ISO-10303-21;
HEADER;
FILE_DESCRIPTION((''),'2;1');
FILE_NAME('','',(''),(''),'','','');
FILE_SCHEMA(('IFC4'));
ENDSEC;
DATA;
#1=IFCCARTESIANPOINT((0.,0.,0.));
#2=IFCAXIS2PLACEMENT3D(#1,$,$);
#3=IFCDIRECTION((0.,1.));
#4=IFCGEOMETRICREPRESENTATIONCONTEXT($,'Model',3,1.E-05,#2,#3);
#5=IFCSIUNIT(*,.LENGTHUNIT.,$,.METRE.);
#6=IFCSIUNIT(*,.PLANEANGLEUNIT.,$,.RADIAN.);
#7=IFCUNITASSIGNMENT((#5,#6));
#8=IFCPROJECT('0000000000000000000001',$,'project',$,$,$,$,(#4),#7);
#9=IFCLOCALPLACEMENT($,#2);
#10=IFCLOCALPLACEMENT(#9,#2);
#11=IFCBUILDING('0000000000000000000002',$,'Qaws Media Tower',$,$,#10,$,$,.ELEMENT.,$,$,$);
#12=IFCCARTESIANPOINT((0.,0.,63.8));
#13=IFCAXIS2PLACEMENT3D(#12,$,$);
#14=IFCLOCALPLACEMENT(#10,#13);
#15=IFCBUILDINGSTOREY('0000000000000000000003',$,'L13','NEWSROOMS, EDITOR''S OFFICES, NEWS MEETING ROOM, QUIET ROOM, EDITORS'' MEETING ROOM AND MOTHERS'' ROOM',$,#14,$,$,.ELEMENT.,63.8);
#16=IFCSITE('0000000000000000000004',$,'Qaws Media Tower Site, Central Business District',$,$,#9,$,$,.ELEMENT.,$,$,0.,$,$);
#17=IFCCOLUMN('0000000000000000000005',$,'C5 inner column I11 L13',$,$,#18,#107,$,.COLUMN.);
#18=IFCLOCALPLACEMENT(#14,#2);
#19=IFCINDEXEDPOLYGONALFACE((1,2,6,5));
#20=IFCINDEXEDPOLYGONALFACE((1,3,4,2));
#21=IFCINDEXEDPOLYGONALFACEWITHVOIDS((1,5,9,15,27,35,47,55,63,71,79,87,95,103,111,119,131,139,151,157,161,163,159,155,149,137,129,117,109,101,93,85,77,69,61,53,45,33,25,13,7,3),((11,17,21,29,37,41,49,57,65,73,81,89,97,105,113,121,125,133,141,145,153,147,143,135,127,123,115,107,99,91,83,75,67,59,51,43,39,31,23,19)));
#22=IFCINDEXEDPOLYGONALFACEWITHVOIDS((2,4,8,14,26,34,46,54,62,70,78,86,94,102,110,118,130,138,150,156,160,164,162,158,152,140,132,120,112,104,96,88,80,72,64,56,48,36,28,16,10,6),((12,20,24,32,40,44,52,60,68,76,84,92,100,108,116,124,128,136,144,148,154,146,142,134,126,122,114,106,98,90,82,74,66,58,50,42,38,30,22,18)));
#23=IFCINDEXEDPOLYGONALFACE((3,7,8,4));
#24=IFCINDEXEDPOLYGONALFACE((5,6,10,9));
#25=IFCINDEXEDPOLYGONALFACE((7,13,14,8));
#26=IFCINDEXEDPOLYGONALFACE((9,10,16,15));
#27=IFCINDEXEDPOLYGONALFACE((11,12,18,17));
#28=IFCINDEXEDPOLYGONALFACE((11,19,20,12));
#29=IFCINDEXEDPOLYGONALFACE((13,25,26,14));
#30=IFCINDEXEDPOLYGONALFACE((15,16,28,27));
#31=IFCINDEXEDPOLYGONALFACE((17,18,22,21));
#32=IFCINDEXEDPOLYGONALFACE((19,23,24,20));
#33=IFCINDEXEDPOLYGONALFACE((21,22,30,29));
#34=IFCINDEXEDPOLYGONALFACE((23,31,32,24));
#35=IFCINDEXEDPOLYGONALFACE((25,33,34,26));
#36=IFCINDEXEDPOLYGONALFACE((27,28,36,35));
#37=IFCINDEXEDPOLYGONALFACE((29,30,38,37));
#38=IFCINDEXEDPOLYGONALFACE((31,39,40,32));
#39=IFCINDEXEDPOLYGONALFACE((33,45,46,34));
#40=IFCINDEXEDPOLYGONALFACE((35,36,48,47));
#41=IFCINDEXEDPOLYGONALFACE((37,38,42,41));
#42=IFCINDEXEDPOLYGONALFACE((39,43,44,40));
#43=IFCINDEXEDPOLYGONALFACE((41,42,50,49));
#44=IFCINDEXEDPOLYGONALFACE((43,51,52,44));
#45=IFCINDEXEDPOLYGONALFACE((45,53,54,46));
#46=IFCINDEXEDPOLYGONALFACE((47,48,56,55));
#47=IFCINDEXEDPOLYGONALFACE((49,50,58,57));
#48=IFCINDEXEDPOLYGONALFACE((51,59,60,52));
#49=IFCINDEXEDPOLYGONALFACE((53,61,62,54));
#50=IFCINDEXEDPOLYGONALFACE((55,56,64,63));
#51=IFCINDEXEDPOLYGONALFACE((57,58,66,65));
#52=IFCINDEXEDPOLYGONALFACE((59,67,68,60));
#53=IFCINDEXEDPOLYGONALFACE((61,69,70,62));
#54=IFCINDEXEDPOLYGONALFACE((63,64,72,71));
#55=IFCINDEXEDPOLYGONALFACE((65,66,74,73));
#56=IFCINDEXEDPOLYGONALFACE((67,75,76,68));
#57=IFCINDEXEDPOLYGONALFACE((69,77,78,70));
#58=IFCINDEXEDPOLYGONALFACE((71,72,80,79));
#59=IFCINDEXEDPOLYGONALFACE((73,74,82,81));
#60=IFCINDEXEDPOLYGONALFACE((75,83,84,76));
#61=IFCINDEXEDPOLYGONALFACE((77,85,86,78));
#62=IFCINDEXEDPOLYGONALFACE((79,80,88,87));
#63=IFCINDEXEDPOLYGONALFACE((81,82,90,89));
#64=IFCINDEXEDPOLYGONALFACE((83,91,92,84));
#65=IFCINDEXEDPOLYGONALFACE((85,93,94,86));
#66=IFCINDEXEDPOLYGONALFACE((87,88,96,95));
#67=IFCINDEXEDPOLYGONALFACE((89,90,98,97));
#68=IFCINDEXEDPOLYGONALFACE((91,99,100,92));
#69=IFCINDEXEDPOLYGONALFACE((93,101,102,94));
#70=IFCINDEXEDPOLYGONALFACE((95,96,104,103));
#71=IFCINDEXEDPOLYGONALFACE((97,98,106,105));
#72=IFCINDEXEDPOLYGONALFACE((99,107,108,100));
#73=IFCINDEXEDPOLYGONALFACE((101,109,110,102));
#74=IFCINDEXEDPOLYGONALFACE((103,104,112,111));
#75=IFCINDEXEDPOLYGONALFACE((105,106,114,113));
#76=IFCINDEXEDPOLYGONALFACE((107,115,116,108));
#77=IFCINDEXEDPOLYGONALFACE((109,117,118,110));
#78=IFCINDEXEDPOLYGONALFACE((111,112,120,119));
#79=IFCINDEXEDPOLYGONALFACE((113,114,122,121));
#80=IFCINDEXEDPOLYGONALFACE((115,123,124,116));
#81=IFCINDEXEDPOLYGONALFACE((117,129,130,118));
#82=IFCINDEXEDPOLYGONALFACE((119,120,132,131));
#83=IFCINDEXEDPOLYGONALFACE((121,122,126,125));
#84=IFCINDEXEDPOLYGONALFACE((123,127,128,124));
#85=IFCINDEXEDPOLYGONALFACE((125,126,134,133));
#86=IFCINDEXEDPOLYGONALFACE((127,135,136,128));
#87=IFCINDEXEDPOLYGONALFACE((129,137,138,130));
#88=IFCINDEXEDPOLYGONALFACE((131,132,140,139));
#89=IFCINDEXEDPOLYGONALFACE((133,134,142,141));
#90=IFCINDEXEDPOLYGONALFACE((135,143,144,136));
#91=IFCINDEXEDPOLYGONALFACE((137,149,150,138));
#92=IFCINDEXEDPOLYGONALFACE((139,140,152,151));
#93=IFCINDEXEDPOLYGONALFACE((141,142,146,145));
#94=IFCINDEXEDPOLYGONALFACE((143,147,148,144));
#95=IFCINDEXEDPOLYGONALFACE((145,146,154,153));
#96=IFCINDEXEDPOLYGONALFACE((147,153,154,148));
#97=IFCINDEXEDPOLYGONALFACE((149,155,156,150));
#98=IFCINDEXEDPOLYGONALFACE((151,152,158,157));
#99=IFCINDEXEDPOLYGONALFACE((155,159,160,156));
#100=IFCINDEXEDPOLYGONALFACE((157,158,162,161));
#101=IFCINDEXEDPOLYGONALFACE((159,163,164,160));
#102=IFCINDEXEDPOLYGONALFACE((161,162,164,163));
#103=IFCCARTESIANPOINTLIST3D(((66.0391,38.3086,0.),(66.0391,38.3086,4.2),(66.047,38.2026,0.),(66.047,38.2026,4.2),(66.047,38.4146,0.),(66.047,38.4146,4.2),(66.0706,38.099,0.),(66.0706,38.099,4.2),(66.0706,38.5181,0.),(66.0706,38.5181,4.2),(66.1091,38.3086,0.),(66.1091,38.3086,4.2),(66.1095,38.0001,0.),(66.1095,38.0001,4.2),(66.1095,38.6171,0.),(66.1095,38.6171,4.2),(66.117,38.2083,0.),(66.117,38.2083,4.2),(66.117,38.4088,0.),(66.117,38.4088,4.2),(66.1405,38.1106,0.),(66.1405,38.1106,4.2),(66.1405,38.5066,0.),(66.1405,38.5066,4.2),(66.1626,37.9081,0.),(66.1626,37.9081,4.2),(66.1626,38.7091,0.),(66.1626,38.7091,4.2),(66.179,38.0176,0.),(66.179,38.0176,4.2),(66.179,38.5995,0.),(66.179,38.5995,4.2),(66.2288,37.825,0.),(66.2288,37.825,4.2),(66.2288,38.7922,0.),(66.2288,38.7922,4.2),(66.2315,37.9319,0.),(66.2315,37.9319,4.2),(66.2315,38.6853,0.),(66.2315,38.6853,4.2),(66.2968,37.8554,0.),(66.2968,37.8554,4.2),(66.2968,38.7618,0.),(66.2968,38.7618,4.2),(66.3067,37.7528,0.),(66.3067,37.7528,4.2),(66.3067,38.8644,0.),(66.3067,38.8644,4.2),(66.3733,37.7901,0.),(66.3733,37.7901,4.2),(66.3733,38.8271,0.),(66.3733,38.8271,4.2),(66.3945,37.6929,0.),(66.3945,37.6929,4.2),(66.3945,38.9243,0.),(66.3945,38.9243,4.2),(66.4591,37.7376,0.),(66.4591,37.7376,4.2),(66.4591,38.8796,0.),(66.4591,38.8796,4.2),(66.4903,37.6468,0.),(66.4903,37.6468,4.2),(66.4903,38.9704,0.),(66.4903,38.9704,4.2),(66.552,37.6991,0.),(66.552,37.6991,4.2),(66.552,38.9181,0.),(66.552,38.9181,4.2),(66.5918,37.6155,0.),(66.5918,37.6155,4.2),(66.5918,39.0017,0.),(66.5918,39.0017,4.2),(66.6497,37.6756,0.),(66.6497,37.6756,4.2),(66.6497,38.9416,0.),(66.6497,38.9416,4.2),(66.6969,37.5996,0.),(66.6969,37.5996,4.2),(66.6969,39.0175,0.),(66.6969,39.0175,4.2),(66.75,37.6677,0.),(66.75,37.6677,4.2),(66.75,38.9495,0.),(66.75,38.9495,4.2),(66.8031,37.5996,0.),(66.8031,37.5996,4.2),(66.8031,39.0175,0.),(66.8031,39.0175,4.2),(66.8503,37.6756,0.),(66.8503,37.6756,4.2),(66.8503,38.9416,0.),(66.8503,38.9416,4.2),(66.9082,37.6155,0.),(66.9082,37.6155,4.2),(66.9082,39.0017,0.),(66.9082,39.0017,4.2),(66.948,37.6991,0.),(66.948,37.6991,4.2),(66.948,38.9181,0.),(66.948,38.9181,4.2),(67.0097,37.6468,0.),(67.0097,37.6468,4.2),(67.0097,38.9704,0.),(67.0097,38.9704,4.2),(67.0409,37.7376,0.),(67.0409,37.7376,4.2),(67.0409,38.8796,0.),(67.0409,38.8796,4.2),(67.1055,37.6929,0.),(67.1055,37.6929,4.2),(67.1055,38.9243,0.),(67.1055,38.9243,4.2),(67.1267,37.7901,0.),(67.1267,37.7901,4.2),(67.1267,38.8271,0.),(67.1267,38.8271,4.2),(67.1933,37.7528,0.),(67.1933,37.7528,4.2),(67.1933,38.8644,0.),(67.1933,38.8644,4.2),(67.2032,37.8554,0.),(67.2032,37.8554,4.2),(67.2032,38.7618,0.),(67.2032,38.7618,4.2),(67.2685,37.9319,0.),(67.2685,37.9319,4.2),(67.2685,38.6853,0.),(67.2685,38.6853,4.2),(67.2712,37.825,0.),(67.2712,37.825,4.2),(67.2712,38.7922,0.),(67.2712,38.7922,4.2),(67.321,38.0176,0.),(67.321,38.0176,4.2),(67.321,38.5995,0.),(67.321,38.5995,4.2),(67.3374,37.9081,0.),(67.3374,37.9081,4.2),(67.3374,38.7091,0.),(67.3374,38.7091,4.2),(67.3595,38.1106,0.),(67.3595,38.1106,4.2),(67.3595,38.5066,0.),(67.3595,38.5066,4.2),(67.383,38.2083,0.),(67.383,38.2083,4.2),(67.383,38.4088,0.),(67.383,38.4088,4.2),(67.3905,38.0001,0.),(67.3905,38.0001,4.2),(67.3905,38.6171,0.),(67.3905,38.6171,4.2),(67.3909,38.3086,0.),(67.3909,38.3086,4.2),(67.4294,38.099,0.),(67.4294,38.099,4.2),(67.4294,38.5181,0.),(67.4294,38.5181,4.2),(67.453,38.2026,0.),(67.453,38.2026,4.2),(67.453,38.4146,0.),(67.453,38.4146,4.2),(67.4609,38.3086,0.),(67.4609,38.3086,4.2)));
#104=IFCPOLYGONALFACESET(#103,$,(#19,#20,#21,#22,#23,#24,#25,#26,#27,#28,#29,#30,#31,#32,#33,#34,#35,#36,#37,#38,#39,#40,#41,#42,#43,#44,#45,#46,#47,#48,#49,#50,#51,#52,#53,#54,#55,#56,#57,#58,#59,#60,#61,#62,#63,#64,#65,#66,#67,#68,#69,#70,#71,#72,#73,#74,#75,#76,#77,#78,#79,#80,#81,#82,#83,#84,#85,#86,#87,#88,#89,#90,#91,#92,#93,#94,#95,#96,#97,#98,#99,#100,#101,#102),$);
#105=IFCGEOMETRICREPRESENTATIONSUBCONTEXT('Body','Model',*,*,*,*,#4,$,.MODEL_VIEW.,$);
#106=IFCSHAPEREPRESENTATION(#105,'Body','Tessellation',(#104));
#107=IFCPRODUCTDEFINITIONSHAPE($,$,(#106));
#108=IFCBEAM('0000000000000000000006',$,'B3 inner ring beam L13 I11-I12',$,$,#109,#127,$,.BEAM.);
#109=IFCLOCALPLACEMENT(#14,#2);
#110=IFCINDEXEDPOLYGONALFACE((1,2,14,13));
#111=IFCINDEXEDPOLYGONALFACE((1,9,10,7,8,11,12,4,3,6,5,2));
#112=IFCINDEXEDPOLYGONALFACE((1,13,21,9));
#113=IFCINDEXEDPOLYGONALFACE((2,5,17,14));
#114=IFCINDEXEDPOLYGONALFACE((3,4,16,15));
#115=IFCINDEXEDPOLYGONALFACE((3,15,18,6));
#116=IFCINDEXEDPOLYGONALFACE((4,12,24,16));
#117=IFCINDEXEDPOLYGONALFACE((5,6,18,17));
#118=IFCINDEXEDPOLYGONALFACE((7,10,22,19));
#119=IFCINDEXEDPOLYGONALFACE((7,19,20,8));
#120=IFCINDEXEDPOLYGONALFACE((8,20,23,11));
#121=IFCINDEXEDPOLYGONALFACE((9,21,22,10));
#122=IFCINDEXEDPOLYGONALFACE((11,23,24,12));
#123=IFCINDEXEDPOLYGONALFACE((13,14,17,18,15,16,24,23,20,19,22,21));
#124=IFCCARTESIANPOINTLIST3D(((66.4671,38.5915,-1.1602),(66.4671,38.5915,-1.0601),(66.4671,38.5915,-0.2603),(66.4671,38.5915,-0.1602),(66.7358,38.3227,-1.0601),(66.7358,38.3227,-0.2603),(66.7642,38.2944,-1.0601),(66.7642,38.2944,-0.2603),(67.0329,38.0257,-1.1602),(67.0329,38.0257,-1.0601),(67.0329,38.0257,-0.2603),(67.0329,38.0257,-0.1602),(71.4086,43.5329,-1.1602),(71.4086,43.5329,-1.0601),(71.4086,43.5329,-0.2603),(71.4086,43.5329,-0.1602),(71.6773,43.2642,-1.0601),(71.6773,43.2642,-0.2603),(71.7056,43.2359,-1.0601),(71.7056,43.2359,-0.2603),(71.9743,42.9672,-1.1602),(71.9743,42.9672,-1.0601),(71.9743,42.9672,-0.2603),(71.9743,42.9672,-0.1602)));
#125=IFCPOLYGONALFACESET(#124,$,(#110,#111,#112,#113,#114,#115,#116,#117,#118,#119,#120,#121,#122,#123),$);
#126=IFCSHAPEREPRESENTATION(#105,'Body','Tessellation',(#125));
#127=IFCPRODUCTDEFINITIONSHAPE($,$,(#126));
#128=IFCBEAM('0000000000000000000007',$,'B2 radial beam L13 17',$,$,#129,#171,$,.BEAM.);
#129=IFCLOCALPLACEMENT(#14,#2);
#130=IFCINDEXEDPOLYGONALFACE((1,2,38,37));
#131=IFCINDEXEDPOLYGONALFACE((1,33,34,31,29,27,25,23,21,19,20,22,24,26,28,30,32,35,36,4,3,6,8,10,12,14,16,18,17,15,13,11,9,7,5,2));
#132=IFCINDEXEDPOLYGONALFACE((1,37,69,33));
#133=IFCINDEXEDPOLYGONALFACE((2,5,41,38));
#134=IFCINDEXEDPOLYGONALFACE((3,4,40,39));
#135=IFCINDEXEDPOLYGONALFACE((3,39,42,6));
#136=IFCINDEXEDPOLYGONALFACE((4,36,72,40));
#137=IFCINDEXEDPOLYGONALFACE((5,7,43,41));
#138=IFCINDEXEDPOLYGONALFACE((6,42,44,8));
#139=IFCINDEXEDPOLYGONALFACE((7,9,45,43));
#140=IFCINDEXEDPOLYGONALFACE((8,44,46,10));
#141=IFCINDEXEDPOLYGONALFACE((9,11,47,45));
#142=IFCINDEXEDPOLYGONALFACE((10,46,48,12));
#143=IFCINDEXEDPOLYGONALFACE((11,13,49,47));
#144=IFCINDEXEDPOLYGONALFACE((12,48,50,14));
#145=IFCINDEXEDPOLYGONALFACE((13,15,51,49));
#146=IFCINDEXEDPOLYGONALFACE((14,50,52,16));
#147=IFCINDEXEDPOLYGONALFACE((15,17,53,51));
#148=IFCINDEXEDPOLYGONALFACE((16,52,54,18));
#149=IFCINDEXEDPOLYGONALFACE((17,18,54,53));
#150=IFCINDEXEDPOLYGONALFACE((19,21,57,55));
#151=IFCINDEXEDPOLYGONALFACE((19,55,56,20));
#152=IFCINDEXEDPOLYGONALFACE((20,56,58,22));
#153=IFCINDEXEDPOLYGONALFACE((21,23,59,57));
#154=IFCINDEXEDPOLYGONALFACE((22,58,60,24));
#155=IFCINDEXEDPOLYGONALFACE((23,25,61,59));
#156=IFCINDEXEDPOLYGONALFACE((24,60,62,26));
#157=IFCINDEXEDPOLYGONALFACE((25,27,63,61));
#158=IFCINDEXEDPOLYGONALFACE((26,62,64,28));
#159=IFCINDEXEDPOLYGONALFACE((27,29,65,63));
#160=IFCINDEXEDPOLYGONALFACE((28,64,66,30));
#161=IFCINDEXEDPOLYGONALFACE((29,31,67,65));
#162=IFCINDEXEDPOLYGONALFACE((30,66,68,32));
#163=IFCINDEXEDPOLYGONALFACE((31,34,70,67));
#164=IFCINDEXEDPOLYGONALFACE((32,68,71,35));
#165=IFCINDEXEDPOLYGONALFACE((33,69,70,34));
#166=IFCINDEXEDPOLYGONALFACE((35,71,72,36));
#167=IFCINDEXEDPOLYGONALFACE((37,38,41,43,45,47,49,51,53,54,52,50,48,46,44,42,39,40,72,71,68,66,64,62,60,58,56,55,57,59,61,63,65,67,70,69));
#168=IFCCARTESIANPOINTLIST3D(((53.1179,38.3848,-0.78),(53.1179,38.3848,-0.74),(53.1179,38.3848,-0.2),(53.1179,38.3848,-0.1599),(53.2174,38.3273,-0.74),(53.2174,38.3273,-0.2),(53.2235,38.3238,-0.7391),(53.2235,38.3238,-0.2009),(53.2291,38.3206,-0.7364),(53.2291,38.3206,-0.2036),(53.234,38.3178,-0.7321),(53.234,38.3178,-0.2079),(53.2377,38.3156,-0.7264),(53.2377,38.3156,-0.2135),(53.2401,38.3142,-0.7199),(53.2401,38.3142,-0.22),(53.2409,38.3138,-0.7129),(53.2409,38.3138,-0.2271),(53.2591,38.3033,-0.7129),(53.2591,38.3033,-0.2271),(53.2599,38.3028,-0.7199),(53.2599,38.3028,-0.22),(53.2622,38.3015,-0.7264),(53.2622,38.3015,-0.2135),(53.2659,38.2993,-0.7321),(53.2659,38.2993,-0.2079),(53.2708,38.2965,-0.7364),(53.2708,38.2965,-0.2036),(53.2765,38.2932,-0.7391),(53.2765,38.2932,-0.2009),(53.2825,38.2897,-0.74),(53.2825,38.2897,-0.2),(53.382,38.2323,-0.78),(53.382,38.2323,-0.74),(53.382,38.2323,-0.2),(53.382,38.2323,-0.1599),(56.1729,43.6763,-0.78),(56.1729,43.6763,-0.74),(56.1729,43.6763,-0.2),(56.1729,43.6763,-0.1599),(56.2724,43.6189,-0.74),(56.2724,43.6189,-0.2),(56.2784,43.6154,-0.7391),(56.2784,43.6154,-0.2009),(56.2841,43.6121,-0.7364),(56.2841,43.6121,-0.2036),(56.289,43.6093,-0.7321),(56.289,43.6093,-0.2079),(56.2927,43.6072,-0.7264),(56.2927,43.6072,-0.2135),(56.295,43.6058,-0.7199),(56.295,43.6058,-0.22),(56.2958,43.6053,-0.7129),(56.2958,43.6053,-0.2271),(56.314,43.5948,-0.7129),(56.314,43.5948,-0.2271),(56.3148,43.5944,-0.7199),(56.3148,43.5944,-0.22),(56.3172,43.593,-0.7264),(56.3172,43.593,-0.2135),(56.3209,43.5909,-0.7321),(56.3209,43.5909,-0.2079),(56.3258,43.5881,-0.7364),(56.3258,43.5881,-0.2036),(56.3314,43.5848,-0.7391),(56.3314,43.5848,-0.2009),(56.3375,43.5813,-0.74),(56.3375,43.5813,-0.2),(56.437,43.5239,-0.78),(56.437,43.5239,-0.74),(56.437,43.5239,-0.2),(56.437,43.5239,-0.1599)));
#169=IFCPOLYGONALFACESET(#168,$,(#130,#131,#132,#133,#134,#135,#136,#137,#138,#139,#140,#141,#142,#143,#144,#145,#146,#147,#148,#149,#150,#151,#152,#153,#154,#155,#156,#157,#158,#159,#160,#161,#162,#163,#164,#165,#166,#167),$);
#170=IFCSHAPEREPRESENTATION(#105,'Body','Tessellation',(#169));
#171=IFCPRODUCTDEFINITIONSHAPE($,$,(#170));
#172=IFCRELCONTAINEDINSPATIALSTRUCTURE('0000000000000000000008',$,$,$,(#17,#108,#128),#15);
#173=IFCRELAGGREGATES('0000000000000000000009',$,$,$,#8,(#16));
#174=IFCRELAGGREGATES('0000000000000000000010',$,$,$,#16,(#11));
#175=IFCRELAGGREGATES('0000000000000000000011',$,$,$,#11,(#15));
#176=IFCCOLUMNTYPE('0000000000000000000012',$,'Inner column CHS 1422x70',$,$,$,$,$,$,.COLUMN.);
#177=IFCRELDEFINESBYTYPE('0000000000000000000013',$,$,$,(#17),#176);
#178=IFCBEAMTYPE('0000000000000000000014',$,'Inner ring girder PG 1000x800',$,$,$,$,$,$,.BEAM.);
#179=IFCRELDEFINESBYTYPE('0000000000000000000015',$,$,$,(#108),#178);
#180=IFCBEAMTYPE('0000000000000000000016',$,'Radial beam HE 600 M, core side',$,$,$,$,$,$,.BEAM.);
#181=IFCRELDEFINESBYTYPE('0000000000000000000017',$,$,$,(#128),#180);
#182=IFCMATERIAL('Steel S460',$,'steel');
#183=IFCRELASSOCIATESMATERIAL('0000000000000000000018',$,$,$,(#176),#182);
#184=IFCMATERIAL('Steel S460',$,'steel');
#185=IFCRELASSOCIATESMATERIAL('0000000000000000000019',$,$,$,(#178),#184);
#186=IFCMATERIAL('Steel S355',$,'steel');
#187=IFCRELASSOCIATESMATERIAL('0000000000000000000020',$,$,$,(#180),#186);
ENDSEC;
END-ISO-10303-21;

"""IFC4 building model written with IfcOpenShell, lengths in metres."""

from ifc_helpers import new_model, si_unit, direction, frame, origin, origin_2d, place, context, subcontext, project, spatial, hollow_circle, i_section, extrude, material, material_profile, profile_set, type_object, element, save


model = new_model("IFC4")

# Units and contexts
model_context = context("Model", 3, precision=1e-05, world=origin(), true_north=direction((0.0, 1.0)))
body_context = subcontext(model_context, "Body", "Model", "MODEL_VIEW")
ifc_project = project(units=[si_unit("LENGTHUNIT", "METRE"), si_unit("PLANEANGLEUNIT", "RADIAN")], contexts=[model_context])

# Site, building, storey
site_placement = place(None, origin())
site = spatial("IfcSite", under=ifc_project, at=site_placement, Name="Qaws Media Tower Site, Central Business District", CompositionType="ELEMENT", RefElevation=0.0)
building_placement = place(site_placement, origin())
building = spatial("IfcBuilding", under=site, at=building_placement, Name="Qaws Media Tower", CompositionType="ELEMENT")
storey_placement = place(building_placement, frame((0.0, 0.0, 63.8)))
storey = spatial("IfcBuildingStorey", under=building, at=storey_placement, Name="L13", Description="NEWSROOMS, EDITOR'S OFFICES, NEWS MEETING ROOM, QUIET ROOM, EDITORS' MEETING ROOM AND MOTHERS' ROOM", CompositionType="ELEMENT", Elevation=63.8)

# Column
ifc_material_1 = material(Name="Steel S460", Category="steel")
ifc_material_profile_1 = material_profile(ifc_material_1, hollow_circle(Radius=0.7109, WallThickness=0.0701, at=origin_2d()), Name="CHS 1422x70")
ifc_profile_set_1 = profile_set([ifc_material_profile_1], Name="Steel S460")
column_type = type_object("IfcColumnType", Name="Inner column CHS 1422x70", PredefinedType="COLUMN", material=ifc_profile_set_1)
column_placement = place(storey_placement, frame((66.75, 38.3086, 0.0), z_axis=(0.0, 0.0, 1.0), x_axis=(1.0, 0.0, 0.0)))
element("IfcColumn", 1, at=column_placement, inside=storey, type_object=column_type, Name="C5 inner column I11 L13", PredefinedType="COLUMN", context=body_context, shape_type="SweptSolid", body=[
    extrude(hollow_circle(Radius=0.7109, WallThickness=0.0701, at=origin_2d()), origin(), (0.0, 0.0, 1.0), 4.2),
])

# Beams
ifc_material_2 = material(Name="Steel S460", Category="steel")
ifc_material_profile_2 = material_profile(ifc_material_2, i_section(OverallWidth=0.8, OverallDepth=1.0, WebThickness=0.04, FlangeThickness=0.1001, at=origin_2d()), Name="PG 1000x800")
ifc_profile_set_2 = profile_set([ifc_material_profile_2], Name="Steel S460")
beam_type_1 = type_object("IfcBeamType", Name="Inner ring girder PG 1000x800", PredefinedType="BEAM", material=ifc_profile_set_2)
beam_1_placement = place(storey_placement, frame((66.75, 38.3086, -0.6602), z_axis=(0.707107, 0.707107, 0.0), x_axis=(-0.707107, 0.707107, 0.0)))
element("IfcBeam", 2, at=beam_1_placement, inside=storey, type_object=beam_type_1, Name="B3 inner ring beam L13 I11-I12", PredefinedType="BEAM", context=body_context, shape_type="SweptSolid", body=[
    extrude(i_section(OverallWidth=0.8, OverallDepth=1.0, WebThickness=0.04, FlangeThickness=0.1001, at=origin_2d()), origin(), (0.0, 0.0, 1.0), 6.9883),
])
ifc_material_3 = material(Name="Steel S355", Category="steel")
ifc_material_profile_3 = material_profile(ifc_material_3, i_section(OverallWidth=0.3049, OverallDepth=0.6201, WebThickness=0.021, FlangeThickness=0.04, FilletRadius=0.0271, at=origin_2d()), Name="HE 600 M")
ifc_profile_set_3 = profile_set([ifc_material_profile_3], Name="Steel S355")
beam_type_2 = type_object("IfcBeamType", Name="Radial beam HE 600 M, core side", PredefinedType="BEAM", material=ifc_profile_set_3)
beam_2_placement = place(storey_placement, frame((56.3049, 43.6001, -0.47), z_axis=(-0.499985, -0.866034, 0.0), x_axis=(0.866034, -0.499985, 0.0)))
element("IfcBeam", 3, at=beam_2_placement, inside=storey, type_object=beam_type_2, Name="B2 radial beam L13 17", PredefinedType="BEAM", context=body_context, shape_type="SweptSolid", body=[
    extrude(i_section(OverallWidth=0.3049, OverallDepth=0.6201, WebThickness=0.021, FlangeThickness=0.04, FilletRadius=0.0271, at=origin_2d()), origin(), (0.0, 0.0, 1.0), 6.1101),
])

save(model, "model.ifc")
